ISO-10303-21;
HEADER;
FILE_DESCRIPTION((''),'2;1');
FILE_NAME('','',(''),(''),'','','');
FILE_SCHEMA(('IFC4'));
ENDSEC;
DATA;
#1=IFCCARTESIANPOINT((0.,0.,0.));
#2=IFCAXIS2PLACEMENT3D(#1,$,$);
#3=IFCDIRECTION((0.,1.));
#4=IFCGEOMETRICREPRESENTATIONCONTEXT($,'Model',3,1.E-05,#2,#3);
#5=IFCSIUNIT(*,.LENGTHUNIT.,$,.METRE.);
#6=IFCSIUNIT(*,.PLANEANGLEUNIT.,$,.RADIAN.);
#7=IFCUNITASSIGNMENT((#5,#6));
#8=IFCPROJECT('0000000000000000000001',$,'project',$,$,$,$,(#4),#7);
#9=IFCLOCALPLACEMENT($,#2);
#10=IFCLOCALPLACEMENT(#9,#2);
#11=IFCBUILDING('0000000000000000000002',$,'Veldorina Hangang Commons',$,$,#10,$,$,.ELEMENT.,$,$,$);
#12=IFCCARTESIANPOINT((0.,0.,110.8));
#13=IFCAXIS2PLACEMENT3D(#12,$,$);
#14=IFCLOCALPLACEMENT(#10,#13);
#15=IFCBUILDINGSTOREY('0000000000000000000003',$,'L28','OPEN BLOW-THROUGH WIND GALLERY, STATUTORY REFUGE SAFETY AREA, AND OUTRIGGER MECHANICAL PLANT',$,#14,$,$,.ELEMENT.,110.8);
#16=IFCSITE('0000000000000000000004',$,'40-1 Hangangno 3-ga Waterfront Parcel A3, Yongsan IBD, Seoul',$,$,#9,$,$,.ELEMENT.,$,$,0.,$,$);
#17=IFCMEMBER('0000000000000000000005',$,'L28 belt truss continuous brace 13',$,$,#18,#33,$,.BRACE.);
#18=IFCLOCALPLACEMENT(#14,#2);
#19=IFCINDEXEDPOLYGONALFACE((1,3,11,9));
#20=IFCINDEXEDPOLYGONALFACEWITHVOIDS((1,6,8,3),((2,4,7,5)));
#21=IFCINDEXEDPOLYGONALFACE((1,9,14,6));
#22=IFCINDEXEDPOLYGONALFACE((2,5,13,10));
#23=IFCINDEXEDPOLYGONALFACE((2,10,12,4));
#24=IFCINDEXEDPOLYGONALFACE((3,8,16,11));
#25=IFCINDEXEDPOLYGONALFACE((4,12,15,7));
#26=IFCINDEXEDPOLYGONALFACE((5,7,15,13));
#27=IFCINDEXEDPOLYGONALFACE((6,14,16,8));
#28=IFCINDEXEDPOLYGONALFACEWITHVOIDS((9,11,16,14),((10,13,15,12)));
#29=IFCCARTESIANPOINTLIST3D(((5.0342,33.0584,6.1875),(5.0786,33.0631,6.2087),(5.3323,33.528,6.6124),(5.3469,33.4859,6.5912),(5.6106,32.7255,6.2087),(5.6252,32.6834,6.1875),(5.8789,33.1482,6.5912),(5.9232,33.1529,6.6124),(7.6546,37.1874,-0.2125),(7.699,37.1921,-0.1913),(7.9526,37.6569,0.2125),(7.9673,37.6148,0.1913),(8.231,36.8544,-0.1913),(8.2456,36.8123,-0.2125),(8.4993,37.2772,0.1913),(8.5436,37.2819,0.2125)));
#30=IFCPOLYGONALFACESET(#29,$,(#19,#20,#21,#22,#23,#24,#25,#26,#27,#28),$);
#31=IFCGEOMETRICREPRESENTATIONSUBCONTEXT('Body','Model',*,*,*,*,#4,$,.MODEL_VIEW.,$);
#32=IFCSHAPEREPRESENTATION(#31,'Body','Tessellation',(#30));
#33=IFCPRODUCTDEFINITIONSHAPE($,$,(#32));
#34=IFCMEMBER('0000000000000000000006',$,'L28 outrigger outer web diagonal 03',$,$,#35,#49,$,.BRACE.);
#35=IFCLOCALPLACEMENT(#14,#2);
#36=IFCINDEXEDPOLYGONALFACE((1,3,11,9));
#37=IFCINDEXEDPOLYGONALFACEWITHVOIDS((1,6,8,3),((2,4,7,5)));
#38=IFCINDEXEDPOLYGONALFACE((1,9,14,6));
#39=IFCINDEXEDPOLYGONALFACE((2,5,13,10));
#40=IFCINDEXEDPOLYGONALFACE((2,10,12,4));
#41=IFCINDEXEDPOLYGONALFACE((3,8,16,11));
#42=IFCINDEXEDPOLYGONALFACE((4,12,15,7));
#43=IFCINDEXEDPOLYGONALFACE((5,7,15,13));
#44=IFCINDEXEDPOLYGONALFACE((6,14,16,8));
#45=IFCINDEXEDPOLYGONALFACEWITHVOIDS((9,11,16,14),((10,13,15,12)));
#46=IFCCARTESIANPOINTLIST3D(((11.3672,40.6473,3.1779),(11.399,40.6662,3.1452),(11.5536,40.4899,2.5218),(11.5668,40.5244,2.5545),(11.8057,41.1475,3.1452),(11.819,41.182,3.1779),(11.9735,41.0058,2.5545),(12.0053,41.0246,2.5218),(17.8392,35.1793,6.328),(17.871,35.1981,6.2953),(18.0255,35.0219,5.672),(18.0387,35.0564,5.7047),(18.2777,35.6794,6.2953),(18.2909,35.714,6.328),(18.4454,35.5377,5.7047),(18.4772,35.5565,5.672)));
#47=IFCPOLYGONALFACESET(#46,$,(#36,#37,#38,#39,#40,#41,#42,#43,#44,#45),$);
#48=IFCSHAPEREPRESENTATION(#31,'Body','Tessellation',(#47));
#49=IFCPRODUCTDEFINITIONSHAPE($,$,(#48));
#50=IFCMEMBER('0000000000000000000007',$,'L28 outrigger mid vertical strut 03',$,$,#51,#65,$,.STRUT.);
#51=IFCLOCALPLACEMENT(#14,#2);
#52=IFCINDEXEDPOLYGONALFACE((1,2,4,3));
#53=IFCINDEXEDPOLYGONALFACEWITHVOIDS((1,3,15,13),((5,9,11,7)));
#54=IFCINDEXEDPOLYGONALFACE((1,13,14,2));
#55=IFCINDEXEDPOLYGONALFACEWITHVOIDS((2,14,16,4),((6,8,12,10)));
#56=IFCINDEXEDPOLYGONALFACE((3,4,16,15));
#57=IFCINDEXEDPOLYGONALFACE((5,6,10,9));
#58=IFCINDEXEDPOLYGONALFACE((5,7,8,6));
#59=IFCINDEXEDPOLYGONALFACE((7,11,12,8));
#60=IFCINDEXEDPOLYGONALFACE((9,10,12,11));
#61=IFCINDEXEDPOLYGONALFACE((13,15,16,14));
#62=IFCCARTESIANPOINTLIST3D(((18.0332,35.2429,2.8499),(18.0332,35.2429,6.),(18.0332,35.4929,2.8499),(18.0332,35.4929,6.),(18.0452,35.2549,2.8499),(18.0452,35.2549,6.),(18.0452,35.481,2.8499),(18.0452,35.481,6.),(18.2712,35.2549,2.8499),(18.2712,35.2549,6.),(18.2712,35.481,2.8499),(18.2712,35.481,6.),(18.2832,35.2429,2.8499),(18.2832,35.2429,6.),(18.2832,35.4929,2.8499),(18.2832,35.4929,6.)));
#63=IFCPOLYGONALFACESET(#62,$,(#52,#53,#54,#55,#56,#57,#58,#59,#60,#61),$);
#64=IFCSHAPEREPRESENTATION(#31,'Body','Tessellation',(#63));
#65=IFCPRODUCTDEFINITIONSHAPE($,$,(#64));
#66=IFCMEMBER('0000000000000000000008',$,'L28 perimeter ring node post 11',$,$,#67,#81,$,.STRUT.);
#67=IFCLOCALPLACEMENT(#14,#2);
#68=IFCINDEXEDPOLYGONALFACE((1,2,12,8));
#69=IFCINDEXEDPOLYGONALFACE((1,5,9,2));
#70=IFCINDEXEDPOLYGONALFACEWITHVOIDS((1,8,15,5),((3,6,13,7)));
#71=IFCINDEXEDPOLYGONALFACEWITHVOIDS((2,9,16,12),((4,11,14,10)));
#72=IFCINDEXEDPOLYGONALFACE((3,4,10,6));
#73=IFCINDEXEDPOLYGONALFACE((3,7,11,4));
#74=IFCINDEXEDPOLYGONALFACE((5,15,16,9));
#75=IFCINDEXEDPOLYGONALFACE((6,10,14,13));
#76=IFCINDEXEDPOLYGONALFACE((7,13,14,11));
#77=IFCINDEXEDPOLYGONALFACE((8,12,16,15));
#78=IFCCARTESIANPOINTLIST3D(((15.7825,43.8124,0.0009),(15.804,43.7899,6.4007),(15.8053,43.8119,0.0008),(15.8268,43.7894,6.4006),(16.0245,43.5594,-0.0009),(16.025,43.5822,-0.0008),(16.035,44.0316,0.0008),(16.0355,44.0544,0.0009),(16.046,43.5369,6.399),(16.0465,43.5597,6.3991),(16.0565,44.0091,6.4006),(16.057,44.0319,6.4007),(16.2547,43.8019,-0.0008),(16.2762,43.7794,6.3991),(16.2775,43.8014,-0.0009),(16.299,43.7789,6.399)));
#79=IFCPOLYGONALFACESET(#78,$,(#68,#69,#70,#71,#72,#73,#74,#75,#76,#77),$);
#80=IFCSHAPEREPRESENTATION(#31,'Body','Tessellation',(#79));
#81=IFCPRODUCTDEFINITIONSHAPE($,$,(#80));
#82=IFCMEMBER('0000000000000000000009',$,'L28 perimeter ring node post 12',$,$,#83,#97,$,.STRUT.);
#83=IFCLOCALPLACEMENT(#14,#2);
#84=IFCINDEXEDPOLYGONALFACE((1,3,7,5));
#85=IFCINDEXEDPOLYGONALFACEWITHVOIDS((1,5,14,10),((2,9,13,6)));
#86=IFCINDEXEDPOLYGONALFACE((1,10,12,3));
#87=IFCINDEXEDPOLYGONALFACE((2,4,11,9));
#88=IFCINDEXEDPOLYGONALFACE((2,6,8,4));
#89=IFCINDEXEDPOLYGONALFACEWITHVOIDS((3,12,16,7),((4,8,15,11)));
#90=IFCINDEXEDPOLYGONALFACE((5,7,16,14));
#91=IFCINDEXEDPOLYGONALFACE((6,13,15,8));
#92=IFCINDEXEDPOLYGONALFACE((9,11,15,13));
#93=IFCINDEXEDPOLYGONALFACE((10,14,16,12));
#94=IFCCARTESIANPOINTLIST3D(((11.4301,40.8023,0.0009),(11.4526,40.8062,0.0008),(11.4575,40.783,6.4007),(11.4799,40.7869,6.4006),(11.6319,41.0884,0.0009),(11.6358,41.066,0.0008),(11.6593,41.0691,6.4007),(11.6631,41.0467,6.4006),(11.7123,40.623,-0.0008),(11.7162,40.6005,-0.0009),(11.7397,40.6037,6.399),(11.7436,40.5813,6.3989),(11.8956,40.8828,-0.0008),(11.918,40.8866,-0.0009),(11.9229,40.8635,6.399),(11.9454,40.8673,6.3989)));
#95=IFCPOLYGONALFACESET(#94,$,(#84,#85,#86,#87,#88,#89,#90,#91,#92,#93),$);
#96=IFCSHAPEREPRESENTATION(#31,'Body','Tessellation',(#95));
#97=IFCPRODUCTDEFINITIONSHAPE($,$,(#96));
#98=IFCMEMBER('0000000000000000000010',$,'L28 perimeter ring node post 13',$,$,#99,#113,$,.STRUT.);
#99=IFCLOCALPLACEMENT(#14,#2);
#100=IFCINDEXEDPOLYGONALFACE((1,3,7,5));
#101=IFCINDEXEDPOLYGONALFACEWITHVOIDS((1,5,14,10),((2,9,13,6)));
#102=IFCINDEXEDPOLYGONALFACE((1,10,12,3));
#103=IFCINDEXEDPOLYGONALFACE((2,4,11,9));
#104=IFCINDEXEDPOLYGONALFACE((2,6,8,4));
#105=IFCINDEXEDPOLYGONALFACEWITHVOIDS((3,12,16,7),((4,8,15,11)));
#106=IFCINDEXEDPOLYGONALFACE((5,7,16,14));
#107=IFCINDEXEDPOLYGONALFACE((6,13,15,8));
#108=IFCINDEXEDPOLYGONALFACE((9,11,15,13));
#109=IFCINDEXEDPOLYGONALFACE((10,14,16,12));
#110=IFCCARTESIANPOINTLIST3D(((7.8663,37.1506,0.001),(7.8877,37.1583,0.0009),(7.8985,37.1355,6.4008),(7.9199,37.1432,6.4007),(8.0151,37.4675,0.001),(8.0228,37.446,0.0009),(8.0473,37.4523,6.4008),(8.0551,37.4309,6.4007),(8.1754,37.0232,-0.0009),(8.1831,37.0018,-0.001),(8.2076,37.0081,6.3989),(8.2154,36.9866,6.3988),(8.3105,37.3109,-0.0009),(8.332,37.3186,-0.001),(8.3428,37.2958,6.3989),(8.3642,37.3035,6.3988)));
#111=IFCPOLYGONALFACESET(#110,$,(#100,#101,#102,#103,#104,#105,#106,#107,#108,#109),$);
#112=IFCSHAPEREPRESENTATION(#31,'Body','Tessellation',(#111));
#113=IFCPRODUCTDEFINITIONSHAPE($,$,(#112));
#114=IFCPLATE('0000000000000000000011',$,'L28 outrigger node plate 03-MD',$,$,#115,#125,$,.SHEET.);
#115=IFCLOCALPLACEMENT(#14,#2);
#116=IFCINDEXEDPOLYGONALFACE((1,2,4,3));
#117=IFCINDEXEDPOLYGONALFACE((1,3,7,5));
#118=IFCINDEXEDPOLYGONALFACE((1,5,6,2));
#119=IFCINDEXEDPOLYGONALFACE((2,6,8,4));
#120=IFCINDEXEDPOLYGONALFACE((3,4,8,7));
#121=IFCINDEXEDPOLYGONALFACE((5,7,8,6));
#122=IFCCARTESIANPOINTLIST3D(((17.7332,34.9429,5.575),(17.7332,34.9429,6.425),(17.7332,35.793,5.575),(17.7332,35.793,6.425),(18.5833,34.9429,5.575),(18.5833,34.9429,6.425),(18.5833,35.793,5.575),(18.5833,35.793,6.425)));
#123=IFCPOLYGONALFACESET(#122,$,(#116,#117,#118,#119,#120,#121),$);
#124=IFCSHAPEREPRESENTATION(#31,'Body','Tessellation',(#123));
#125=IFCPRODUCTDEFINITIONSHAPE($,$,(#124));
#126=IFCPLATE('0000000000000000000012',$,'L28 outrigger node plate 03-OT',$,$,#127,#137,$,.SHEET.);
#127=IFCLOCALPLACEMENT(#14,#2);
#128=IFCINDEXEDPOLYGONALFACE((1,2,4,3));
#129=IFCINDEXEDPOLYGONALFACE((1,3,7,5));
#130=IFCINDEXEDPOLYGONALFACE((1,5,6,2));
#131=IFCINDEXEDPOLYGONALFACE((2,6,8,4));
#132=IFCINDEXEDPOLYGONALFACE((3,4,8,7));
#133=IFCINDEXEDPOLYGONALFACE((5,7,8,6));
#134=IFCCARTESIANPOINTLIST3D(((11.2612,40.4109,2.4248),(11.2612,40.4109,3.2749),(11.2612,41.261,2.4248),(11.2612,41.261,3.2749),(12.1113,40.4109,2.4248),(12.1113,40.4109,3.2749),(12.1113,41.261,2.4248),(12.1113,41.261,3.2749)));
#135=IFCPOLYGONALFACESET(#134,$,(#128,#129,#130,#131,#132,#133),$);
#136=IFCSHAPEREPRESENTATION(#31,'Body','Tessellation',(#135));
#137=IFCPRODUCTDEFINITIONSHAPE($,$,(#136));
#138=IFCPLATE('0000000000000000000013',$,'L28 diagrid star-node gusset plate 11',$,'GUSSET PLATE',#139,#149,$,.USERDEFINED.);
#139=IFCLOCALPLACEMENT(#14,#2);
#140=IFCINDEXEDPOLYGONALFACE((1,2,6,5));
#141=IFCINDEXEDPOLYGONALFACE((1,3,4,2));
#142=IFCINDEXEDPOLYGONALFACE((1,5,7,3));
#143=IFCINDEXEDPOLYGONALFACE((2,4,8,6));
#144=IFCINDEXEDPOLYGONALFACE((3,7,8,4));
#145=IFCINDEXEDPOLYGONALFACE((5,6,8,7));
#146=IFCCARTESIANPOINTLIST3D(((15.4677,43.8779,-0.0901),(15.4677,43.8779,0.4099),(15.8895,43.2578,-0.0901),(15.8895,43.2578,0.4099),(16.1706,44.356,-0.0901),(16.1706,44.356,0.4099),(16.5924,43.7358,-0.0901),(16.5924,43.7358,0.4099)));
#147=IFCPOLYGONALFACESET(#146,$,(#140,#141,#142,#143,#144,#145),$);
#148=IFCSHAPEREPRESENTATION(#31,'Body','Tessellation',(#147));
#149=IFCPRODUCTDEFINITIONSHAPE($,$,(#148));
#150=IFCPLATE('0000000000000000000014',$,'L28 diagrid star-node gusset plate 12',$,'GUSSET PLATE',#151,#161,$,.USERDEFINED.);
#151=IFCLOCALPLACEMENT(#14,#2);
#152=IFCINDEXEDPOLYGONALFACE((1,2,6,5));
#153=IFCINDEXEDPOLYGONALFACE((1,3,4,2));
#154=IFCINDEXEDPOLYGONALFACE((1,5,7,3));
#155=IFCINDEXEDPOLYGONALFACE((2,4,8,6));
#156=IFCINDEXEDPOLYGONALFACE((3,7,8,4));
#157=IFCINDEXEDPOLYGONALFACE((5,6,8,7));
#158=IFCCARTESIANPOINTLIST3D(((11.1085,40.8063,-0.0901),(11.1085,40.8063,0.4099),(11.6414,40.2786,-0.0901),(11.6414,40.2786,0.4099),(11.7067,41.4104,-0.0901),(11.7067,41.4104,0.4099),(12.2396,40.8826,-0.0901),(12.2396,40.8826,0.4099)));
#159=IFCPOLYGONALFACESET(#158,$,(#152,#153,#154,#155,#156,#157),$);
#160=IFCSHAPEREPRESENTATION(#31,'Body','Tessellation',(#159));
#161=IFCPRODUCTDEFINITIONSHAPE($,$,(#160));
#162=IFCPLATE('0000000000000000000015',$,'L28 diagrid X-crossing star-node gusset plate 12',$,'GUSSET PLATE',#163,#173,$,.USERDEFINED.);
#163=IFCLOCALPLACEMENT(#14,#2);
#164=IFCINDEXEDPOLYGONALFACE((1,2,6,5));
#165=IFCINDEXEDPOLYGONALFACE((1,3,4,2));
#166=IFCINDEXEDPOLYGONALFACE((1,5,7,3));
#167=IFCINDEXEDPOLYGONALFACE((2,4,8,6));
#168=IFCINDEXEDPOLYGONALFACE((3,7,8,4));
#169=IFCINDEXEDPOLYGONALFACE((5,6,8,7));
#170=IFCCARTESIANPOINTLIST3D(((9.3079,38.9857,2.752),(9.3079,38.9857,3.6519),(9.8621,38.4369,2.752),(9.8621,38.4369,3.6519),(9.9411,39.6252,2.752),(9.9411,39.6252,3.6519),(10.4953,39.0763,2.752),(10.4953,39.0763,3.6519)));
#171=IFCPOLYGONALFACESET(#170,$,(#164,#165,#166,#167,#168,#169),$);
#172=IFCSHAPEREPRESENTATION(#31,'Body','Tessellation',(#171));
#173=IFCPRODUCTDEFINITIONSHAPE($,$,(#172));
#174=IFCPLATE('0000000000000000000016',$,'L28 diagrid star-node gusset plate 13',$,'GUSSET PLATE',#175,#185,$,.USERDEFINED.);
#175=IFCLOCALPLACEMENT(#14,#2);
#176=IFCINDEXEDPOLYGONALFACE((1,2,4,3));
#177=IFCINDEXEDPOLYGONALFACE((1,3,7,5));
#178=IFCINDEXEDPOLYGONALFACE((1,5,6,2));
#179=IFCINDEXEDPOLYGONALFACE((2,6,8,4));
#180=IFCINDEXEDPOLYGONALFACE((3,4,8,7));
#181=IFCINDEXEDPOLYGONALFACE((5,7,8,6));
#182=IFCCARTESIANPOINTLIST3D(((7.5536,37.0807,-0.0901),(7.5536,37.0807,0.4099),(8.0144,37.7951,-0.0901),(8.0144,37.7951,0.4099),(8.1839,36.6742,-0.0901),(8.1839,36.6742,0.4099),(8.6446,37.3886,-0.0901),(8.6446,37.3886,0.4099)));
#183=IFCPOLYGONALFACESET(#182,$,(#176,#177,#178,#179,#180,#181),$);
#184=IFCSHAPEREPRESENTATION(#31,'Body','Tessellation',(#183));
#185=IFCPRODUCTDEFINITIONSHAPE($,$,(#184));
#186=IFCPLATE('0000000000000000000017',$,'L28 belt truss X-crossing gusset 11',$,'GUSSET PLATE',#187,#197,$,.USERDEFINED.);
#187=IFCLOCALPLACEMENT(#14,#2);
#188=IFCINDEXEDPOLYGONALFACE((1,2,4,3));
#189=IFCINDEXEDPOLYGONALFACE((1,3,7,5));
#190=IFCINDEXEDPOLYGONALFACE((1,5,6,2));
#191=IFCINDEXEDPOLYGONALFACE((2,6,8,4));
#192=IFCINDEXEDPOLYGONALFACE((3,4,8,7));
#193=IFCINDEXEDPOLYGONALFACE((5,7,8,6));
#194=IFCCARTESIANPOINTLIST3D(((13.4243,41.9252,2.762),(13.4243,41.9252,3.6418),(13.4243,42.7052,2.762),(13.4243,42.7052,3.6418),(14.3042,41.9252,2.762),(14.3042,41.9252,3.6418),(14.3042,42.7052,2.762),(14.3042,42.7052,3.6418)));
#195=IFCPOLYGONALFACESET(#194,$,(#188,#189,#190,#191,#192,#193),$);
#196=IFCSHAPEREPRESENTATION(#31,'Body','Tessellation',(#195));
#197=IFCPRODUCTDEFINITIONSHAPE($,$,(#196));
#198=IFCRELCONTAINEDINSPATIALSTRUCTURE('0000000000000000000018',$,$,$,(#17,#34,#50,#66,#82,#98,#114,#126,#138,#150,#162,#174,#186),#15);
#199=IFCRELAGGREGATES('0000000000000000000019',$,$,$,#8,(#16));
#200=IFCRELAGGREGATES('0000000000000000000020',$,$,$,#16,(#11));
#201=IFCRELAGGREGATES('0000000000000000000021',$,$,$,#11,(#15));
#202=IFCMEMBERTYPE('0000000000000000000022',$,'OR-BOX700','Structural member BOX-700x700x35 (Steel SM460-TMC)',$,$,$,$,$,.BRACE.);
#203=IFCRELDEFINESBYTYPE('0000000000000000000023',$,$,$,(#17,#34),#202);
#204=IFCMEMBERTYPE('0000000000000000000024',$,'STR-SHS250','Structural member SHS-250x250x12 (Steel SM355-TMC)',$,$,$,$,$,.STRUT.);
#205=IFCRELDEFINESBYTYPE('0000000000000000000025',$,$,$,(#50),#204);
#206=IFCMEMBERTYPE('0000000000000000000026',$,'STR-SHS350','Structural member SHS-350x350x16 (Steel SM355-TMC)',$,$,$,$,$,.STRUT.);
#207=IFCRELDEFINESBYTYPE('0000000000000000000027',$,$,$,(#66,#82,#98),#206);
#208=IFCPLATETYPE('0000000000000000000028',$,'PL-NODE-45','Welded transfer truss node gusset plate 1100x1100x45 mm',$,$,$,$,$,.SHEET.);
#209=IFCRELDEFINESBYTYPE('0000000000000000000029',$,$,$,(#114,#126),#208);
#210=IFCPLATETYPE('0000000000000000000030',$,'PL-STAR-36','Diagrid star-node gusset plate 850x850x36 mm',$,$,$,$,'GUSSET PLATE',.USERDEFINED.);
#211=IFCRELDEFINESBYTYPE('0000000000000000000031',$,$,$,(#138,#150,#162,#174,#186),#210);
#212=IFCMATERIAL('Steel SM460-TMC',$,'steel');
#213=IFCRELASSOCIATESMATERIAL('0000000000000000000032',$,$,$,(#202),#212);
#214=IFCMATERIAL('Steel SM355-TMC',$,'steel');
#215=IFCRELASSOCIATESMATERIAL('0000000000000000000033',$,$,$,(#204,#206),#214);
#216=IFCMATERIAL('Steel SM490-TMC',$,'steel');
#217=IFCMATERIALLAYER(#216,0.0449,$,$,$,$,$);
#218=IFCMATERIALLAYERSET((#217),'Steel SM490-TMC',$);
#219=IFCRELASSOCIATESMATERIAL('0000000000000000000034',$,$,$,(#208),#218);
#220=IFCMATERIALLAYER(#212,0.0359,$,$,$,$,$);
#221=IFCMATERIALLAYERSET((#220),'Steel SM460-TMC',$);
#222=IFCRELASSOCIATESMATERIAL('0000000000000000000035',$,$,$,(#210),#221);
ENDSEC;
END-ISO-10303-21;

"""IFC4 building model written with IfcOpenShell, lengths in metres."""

from ifc_helpers import new_model, si_unit, direction, frame, origin, origin_2d, place, context, subcontext, project, spatial, rectangle, hollow_rectangle, extrude, material, layer, layer_set, material_profile, profile_set, type_object, element, save


model = new_model("IFC4")

# Units and contexts
model_context = context("Model", 3, precision=1e-05, world=origin(), true_north=direction((0.0, 1.0)))
body_context = subcontext(model_context, "Body", "Model", "MODEL_VIEW")
ifc_project = project(units=[si_unit("LENGTHUNIT", "METRE"), si_unit("PLANEANGLEUNIT", "RADIAN")], contexts=[model_context])

# Site, building, storey
site_placement = place(None, origin())
site = spatial("IfcSite", under=ifc_project, at=site_placement, Name="40-1 Hangangno 3-ga Waterfront Parcel A3, Yongsan IBD, Seoul", CompositionType="ELEMENT", RefElevation=0.0)
building_placement = place(site_placement, origin())
building = spatial("IfcBuilding", under=site, at=building_placement, Name="Veldorina Hangang Commons", CompositionType="ELEMENT")
storey_placement = place(building_placement, frame((0.0, 0.0, 110.8)))
storey = spatial("IfcBuildingStorey", under=building, at=storey_placement, Name="L28", Description="OPEN BLOW-THROUGH WIND GALLERY, STATUTORY REFUGE SAFETY AREA, AND OUTRIGGER MECHANICAL PLANT", CompositionType="ELEMENT", Elevation=110.8)

# Shared definitions
ifc_material_1 = material(Name="Steel SM460-TMC", Category="steel")
ifc_material_2 = material(Name="Steel SM355-TMC", Category="steel")

# Members
ifc_material_profile_1 = material_profile(ifc_material_1, hollow_rectangle(XDim=0.7, YDim=0.7, WallThickness=0.0349, at=origin_2d()), Name="BOX-700x700x35")
ifc_profile_set_1 = profile_set([ifc_material_profile_1], Name="Steel SM460-TMC")
member_type_1 = type_object("IfcMemberType", Name="OR-BOX700", Description="Structural member BOX-700x700x35 (Steel SM460-TMC)", PredefinedType="BRACE", material=ifc_profile_set_1)
member_1_placement = place(storey_placement, frame((8.0991, 37.2346, 0.0), z_axis=(-0.325334, -0.512629, 0.794587), x_axis=(0.844321, -0.535838, 0.0)))
element("IfcMember", 1, at=member_1_placement, inside=storey, type_object=member_type_1, Name="L28 belt truss continuous brace 13", PredefinedType="BRACE", context=body_context, shape_type="SweptSolid", body=[
    extrude(hollow_rectangle(XDim=0.7, YDim=0.7, WallThickness=0.0349, at=origin_2d()), origin(), (0.0, 0.0, 1.0), 8.0544),
])
member_2_placement = place(storey_placement, frame((18.1582, 35.3679, 6.0), z_axis=(-0.715978, 0.604918, -0.348496), x_axis=(-0.645376, -0.763865, 0.0)))
element("IfcMember", 2, at=member_2_placement, inside=storey, type_object=member_type_1, Name="L28 outrigger outer web diagonal 03", PredefinedType="BRACE", context=body_context, shape_type="SweptSolid", body=[
    extrude(hollow_rectangle(XDim=0.7, YDim=0.7, WallThickness=0.0349, at=origin_2d()), origin(), (0.0, 0.0, 1.0), 9.0393),
])
ifc_material_profile_2 = material_profile(ifc_material_2, hollow_rectangle(XDim=0.25, YDim=0.25, WallThickness=0.012, at=origin_2d()), Name="SHS-250x250x12")
ifc_profile_set_2 = profile_set([ifc_material_profile_2], Name="Steel SM355-TMC")
member_type_2 = type_object("IfcMemberType", Name="STR-SHS250", Description="Structural member SHS-250x250x12 (Steel SM355-TMC)", PredefinedType="STRUT", material=ifc_profile_set_2)
member_3_placement = place(storey_placement, frame((18.1582, 35.3679, 2.8499), z_axis=(0.0, 0.0, 1.0), x_axis=(1.0, 0.0, 0.0)))
element("IfcMember", 3, at=member_3_placement, inside=storey, type_object=member_type_2, Name="L28 outrigger mid vertical strut 03", PredefinedType="STRUT", context=body_context, shape_type="SweptSolid", body=[
    extrude(hollow_rectangle(XDim=0.25, YDim=0.25, WallThickness=0.012, at=origin_2d()), origin(), (0.0, 0.0, 1.0), 3.1501),
])
ifc_material_profile_3 = material_profile(ifc_material_2, hollow_rectangle(XDim=0.3501, YDim=0.3501, WallThickness=0.0161, at=origin_2d()), Name="SHS-350x350x16")
ifc_profile_set_3 = profile_set([ifc_material_profile_3], Name="Steel SM355-TMC")
member_type_3 = type_object("IfcMemberType", Name="STR-SHS350", Description="Structural member SHS-350x350x16 (Steel SM355-TMC)", PredefinedType="STRUT", material=ifc_profile_set_3)
for number, where, z_axis, x_axis, name in (
    (4, (16.03, 43.8069, 0.0), (0.003357, -0.00351, 0.999988), (0.722642, 0.691223, 0.0), "L28 perimeter ring node post 11"),
    (5, (11.6741, 40.8445, 0.0), (0.004272, -0.003014, 0.999986), (0.576397, 0.81717, 0.0), "L28 perimeter ring node post 12"),
    (6, (8.0991, 37.2346, 0.0), (0.005035, -0.002365, 0.999985), (0.425136, 0.905129, 0.0), "L28 perimeter ring node post 13"),
):
    element("IfcMember", number, at=place(storey_placement, frame(where, z_axis=z_axis, x_axis=x_axis)), inside=storey, type_object=member_type_3, Name=name, PredefinedType="STRUT", context=body_context, shape_type="SweptSolid", body=[
        extrude(hollow_rectangle(XDim=0.3501, YDim=0.3501, WallThickness=0.0161, at=origin_2d()), origin(), (0.0, 0.0, 1.0), 6.3999),
    ])

# Plates
ifc_material_3 = material(Name="Steel SM490-TMC", Category="steel")
ifc_layer_1 = layer(ifc_material_3, 0.0449)
ifc_layer_set_1 = layer_set([ifc_layer_1], Name="Steel SM490-TMC")
plate_type_1 = type_object("IfcPlateType", Name="PL-NODE-45", Description="Welded transfer truss node gusset plate 1100x1100x45 mm", PredefinedType="SHEET", material=ifc_layer_set_1)
for number, where, z_axis, x_axis, name in (
    (7, (18.1582, 35.3679, 5.575), (0.0, 0.0, 1.0), (1.0, 0.0, 0.0), "L28 outrigger node plate 03-MD"),
    (8, (11.6863, 40.8359, 2.4248), (0.0, 0.0, 1.0), (1.0, 0.0, 0.0), "L28 outrigger node plate 03-OT"),
):
    element("IfcPlate", number, at=place(storey_placement, frame(where, z_axis=z_axis, x_axis=x_axis)), inside=storey, type_object=plate_type_1, Name=name, PredefinedType="SHEET", context=body_context, shape_type="SweptSolid", body=[
        extrude(rectangle(XDim=0.8501, YDim=0.8501, at=origin_2d()), origin(), (0.0, 0.0, 1.0), 0.8501),
    ])
ifc_layer_2 = layer(ifc_material_1, 0.0359)
ifc_layer_set_2 = layer_set([ifc_layer_2], Name="Steel SM460-TMC")
plate_type_2 = type_object("IfcPlateType", Name="PL-STAR-36", Description="Diagrid star-node gusset plate 850x850x36 mm", ElementType="GUSSET PLATE", PredefinedType="USERDEFINED", material=ifc_layer_set_2)
for number, where, z_axis, x_axis, name in (
    (9, (16.03, 43.8069, -0.0901), (0.0, 0.0, 1.0), (-0.826884, -0.562372, 0.0), "L28 diagrid star-node gusset plate 11"),
    (10, (11.6741, 40.8445, -0.0901), (0.0, 0.0, 1.0), (-0.703668, -0.710529, 0.0), "L28 diagrid star-node gusset plate 12"),
):
    element("IfcPlate", number, at=place(storey_placement, frame(where, z_axis=z_axis, x_axis=x_axis)), inside=storey, type_object=plate_type_2, Name=name, ObjectType="GUSSET PLATE", PredefinedType="USERDEFINED", context=body_context, shape_type="SweptSolid", body=[
        extrude(rectangle(XDim=0.8501, YDim=0.75, at=origin_2d()), origin(), (0.0, 0.0, 1.0), 0.5),
    ])
plate_1_placement = place(storey_placement, frame((9.9016, 39.031, 2.752), z_axis=(0.0, 0.0, 1.0), x_axis=(-0.703668, -0.710529, 0.0)))
element("IfcPlate", 11, at=plate_1_placement, inside=storey, type_object=plate_type_2, Name="L28 diagrid X-crossing star-node gusset plate 12", ObjectType="GUSSET PLATE", PredefinedType="USERDEFINED", context=body_context, shape_type="SweptSolid", body=[
    extrude(rectangle(XDim=0.8999, YDim=0.78, at=origin_2d()), origin(), (0.0, 0.0, 1.0), 0.8999),
])
plate_2_placement = place(storey_placement, frame((8.0991, 37.2346, -0.0901), z_axis=(0.0, 0.0, 1.0), x_axis=(-0.542016, -0.840368, 0.0)))
element("IfcPlate", 12, at=plate_2_placement, inside=storey, type_object=plate_type_2, Name="L28 diagrid star-node gusset plate 13", ObjectType="GUSSET PLATE", PredefinedType="USERDEFINED", context=body_context, shape_type="SweptSolid", body=[
    extrude(rectangle(XDim=0.8501, YDim=0.75, at=origin_2d()), origin(), (0.0, 0.0, 1.0), 0.5),
])
plate_3_placement = place(storey_placement, frame((13.8643, 42.3152, 2.762), z_axis=(0.0, 0.0, 1.0), x_axis=(1.0, 0.0, 0.0)))
element("IfcPlate", 13, at=plate_3_placement, inside=storey, type_object=plate_type_2, Name="L28 belt truss X-crossing gusset 11", ObjectType="GUSSET PLATE", PredefinedType="USERDEFINED", context=body_context, shape_type="SweptSolid", body=[
    extrude(rectangle(XDim=0.8799, YDim=0.78, at=origin_2d()), origin(), (0.0, 0.0, 1.0), 0.8799),
])

save(model, "model.ifc")
